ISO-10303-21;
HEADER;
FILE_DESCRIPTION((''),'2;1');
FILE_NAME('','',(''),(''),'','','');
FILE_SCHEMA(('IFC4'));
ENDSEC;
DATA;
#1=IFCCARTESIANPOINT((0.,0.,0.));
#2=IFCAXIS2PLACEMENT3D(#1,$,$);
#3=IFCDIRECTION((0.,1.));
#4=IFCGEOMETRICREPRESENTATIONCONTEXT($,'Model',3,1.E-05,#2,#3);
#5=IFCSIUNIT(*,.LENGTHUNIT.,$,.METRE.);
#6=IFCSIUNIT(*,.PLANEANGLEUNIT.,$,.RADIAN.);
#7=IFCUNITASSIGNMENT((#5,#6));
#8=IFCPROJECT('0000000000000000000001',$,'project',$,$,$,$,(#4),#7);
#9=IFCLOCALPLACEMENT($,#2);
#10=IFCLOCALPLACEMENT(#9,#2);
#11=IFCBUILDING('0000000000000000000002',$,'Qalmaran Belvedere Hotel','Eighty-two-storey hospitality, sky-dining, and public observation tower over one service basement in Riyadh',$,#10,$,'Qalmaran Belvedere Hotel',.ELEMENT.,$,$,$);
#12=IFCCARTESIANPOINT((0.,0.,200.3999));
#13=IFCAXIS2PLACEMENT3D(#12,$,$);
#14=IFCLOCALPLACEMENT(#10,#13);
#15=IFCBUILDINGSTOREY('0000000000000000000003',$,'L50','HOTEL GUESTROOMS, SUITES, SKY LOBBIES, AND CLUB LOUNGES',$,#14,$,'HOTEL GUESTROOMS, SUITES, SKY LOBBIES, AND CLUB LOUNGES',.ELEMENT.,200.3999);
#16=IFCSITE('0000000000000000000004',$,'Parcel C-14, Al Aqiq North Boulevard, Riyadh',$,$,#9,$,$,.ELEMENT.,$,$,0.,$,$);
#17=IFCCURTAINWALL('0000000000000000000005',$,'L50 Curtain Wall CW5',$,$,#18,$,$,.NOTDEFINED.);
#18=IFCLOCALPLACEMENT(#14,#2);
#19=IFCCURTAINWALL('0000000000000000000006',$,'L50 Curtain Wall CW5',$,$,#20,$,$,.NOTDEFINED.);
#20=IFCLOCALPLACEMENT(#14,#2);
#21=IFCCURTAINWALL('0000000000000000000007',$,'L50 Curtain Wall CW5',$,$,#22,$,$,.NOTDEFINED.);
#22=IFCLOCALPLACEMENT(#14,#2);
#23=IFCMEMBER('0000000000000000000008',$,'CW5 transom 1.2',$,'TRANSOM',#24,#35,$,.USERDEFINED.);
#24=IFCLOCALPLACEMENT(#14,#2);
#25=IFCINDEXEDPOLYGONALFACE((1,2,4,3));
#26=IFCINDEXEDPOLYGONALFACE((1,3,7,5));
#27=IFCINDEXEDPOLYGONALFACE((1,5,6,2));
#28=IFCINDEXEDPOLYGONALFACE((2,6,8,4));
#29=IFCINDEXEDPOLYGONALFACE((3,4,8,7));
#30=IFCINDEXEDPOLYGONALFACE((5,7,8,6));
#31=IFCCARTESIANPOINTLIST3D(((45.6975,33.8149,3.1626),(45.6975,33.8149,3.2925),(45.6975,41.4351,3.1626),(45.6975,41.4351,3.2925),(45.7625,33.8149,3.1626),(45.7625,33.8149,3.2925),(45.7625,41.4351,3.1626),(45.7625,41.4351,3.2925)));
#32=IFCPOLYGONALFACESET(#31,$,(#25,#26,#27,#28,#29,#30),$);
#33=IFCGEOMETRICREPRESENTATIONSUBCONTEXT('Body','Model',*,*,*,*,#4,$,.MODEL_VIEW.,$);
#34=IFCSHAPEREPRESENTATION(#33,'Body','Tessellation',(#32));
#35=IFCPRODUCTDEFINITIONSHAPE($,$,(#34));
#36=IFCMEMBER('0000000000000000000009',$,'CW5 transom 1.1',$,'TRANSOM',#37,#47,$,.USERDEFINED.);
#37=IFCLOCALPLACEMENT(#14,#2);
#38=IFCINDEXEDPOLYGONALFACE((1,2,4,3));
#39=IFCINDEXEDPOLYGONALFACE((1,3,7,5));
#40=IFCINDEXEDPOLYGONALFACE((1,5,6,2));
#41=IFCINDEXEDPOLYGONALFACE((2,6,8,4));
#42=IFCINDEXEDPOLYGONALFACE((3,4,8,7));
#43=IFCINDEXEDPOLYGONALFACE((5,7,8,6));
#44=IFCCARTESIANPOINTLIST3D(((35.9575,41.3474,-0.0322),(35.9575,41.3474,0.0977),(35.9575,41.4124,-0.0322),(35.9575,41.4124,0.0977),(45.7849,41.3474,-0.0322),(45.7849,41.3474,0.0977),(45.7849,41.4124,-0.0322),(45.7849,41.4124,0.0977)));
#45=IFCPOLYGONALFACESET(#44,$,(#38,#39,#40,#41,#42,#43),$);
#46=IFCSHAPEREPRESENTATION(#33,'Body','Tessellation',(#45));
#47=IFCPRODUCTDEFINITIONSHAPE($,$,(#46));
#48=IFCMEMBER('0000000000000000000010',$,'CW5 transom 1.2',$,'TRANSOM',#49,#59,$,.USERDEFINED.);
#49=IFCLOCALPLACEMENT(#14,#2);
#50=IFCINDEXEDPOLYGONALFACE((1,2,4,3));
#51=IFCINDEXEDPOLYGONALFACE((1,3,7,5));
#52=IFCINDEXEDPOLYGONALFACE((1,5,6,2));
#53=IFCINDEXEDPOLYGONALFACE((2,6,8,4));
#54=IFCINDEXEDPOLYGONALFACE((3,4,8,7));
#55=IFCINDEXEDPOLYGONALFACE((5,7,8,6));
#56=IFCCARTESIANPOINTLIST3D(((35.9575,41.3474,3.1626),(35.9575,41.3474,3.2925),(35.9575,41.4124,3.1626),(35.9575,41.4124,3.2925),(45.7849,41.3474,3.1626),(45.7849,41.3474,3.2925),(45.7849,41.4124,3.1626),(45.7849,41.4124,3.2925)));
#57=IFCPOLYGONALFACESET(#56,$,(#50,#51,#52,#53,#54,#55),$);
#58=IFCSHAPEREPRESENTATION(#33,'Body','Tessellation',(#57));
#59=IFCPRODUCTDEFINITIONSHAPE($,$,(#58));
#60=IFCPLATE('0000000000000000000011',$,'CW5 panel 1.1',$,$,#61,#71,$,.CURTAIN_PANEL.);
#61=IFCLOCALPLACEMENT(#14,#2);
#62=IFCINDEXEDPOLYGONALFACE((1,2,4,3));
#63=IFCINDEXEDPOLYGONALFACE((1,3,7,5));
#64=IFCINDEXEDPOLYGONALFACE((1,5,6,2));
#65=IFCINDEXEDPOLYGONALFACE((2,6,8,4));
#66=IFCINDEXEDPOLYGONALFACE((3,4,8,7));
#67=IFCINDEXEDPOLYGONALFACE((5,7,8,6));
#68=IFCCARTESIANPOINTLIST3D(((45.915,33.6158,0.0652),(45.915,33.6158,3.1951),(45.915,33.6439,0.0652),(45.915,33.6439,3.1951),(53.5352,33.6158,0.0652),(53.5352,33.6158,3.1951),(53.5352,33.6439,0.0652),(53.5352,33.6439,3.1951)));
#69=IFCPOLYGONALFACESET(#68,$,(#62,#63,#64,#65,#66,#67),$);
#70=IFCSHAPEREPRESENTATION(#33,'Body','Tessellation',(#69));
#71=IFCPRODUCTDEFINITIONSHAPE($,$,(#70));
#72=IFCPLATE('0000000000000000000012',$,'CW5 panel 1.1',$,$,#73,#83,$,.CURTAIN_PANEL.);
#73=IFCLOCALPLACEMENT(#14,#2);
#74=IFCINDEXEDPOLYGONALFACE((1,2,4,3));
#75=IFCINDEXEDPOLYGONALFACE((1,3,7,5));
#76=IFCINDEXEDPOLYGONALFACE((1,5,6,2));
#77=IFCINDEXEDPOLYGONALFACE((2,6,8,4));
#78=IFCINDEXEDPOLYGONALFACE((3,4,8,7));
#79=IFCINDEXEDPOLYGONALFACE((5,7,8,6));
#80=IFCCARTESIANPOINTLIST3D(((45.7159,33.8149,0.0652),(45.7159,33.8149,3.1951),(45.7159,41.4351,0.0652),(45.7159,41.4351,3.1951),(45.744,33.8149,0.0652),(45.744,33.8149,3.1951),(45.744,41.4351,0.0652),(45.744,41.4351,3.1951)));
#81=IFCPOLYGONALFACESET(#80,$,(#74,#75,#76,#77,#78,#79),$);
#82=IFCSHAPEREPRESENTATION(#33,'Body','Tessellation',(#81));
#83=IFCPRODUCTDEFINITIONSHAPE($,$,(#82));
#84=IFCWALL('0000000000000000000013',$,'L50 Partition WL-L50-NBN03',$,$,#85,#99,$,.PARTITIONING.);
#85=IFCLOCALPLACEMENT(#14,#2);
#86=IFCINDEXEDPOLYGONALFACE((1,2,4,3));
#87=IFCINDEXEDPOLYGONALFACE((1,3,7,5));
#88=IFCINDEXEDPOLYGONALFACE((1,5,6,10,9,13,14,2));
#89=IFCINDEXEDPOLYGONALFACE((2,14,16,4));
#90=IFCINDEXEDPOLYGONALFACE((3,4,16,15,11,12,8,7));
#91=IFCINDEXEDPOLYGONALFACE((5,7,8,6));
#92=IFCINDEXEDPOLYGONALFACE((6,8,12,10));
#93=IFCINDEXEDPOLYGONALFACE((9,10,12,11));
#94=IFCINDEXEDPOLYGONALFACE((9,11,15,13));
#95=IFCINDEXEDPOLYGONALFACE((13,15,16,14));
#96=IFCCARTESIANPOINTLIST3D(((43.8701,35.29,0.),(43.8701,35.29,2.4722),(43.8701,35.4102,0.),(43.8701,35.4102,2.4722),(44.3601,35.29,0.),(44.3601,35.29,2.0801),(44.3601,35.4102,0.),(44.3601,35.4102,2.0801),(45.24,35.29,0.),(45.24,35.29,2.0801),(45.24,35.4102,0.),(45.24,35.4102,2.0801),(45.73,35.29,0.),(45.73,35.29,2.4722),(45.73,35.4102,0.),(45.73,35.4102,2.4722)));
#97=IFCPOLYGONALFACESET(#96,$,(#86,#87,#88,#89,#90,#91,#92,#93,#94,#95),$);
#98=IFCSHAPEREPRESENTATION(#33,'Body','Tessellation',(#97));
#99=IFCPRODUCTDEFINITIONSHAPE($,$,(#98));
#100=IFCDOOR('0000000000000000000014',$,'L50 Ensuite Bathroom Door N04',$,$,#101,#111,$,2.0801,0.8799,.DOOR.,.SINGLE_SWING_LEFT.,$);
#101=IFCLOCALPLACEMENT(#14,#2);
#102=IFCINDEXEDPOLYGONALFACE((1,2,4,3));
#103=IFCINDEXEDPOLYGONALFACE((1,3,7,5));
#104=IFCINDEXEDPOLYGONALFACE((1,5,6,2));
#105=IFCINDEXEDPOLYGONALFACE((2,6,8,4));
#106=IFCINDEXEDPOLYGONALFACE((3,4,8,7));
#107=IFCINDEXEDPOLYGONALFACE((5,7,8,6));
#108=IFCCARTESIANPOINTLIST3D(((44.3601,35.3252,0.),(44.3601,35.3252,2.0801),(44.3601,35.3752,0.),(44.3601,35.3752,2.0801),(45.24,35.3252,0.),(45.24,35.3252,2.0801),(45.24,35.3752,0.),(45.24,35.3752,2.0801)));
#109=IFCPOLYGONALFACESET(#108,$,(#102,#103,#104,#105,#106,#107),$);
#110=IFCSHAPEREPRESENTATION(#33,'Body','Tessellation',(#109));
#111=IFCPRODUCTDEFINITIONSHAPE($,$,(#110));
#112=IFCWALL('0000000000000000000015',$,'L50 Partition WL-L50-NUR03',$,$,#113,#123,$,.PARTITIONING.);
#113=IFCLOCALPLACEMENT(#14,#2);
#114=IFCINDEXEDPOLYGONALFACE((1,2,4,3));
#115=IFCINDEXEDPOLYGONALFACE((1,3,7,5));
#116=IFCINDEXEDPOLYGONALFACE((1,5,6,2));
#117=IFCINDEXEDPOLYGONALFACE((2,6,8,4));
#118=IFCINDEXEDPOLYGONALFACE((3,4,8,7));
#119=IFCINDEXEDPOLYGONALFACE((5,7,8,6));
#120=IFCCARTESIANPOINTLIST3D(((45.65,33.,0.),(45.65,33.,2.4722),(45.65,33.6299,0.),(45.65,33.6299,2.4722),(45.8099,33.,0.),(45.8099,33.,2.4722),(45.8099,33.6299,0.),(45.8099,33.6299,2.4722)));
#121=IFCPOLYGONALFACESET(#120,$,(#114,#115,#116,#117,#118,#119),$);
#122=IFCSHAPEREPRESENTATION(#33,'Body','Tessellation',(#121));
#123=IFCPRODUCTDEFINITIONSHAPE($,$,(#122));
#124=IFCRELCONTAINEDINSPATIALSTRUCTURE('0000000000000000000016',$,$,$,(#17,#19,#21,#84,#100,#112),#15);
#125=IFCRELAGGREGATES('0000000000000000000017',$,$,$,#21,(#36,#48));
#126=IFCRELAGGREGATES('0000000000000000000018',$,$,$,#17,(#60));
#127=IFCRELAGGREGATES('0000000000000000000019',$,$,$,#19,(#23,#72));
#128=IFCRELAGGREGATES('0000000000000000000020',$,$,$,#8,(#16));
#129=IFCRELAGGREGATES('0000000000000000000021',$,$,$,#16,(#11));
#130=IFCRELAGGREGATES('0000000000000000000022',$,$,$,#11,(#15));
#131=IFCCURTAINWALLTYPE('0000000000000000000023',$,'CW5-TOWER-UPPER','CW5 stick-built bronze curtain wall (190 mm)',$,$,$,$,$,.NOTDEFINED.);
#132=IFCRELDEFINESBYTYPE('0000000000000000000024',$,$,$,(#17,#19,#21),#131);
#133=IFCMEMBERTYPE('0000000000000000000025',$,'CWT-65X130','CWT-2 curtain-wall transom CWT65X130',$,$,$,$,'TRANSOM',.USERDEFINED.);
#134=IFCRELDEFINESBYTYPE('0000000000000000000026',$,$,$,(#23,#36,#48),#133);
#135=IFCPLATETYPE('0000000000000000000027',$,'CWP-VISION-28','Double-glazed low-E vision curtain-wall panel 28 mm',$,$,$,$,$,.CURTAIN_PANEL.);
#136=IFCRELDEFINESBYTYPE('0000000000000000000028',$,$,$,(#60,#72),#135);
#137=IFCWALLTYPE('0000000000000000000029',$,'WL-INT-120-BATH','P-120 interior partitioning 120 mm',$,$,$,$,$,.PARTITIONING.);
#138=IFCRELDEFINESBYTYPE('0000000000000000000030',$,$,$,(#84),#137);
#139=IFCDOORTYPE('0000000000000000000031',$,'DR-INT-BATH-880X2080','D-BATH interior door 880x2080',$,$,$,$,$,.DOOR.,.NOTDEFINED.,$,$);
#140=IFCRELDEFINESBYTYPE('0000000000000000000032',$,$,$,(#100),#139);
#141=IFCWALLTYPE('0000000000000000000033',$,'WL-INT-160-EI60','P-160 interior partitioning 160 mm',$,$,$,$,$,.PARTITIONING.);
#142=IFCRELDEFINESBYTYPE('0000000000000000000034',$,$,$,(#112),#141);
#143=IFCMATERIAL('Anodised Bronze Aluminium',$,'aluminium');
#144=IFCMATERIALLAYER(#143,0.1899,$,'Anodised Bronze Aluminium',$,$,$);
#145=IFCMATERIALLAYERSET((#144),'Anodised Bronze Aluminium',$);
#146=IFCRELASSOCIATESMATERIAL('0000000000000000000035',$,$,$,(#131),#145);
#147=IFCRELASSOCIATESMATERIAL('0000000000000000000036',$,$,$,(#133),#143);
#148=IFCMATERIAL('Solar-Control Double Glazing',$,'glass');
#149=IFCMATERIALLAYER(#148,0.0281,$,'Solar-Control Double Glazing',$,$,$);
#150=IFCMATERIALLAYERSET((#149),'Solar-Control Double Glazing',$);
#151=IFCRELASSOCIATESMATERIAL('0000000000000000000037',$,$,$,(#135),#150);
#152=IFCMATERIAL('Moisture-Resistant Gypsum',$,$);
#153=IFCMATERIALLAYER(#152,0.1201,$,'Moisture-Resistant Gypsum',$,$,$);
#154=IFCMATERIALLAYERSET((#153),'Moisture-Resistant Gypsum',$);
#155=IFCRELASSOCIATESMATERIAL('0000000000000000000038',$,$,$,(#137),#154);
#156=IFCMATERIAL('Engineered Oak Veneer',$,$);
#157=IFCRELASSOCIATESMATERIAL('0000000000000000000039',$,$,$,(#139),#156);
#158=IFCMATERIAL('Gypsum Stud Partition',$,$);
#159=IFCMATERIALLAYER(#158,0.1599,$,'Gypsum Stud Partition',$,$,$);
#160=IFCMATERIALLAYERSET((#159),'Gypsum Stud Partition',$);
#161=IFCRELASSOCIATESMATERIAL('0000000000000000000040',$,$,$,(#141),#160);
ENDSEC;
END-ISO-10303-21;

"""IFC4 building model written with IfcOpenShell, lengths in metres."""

from ifc_helpers import new_model, si_unit, direction, frame, frame_2d, origin, origin_2d, place, context, subcontext, project, spatial, rectangle, extrude, material, layer, layer_set, material_profile, profile_set, type_object, element, fill, aggregate, save


model = new_model("IFC4")

# Units and contexts
model_context = context("Model", 3, precision=1e-05, world=origin(), true_north=direction((0.0, 1.0)))
body_context = subcontext(model_context, "Body", "Model", "MODEL_VIEW")
ifc_project = project(units=[si_unit("LENGTHUNIT", "METRE"), si_unit("PLANEANGLEUNIT", "RADIAN")], contexts=[model_context])

# Site, building, storey
site_placement = place(None, origin())
site = spatial("IfcSite", under=ifc_project, at=site_placement, Name="Parcel C-14, Al Aqiq North Boulevard, Riyadh", CompositionType="ELEMENT", RefElevation=0.0)
building_placement = place(site_placement, origin())
building = spatial("IfcBuilding", under=site, at=building_placement, Name="Qalmaran Belvedere Hotel", Description="Eighty-two-storey hospitality, sky-dining, and public observation tower over one service basement in Riyadh", LongName="Qalmaran Belvedere Hotel", CompositionType="ELEMENT")
storey_placement = place(building_placement, frame((0.0, 0.0, 200.3999)))
storey = spatial("IfcBuildingStorey", under=building, at=storey_placement, Name="L50", Description="HOTEL GUESTROOMS, SUITES, SKY LOBBIES, AND CLUB LOUNGES", LongName="HOTEL GUESTROOMS, SUITES, SKY LOBBIES, AND CLUB LOUNGES", CompositionType="ELEMENT", Elevation=200.3999)

# Shared definitions
ifc_material_1 = material(Name="Anodised Bronze Aluminium", Category="aluminium")
ifc_layer_1 = layer(ifc_material_1, 0.1899, Name="Anodised Bronze Aluminium")
ifc_layer_set_1 = layer_set([ifc_layer_1], Name="Anodised Bronze Aluminium")
curtain_wall_type = type_object("IfcCurtainWallType", Name="CW5-TOWER-UPPER", Description="CW5 stick-built bronze curtain wall (190 mm)", PredefinedType="NOTDEFINED", material=ifc_layer_set_1)

# Curtain walls
curtain_wall_1_placement = place(storey_placement, origin())
curtain_wall_1 = element("IfcCurtainWall", 1, at=curtain_wall_1_placement, inside=storey, type_object=curtain_wall_type, Name="L50 Curtain Wall CW5", PredefinedType="NOTDEFINED")
curtain_wall_2_placement = place(storey_placement, origin())
curtain_wall_2 = element("IfcCurtainWall", 2, at=curtain_wall_2_placement, inside=storey, type_object=curtain_wall_type, Name="L50 Curtain Wall CW5", PredefinedType="NOTDEFINED")

# Curtain wall
curtain_wall_3_placement = place(storey_placement, origin())
curtain_wall_3 = element("IfcCurtainWall", 3, at=curtain_wall_3_placement, inside=storey, type_object=curtain_wall_type, Name="L50 Curtain Wall CW5", PredefinedType="NOTDEFINED")

# Members
ifc_material_profile_1 = material_profile(ifc_material_1, rectangle(XDim=0.0649, YDim=0.1299, at=origin_2d()), Name="CWT65X130")
ifc_profile_set_1 = profile_set([ifc_material_profile_1], Name="Anodised Bronze Aluminium")
member_type_1 = type_object("IfcMemberType", Name="CWT-65X130", Description="CWT-2 curtain-wall transom CWT65X130", ElementType="TRANSOM", PredefinedType="USERDEFINED", material=ifc_profile_set_1)
member_1_placement = place(storey_placement, frame((45.73, 33.8149, 3.2275), z_axis=(0.0, 1.0, 0.0), x_axis=(-1.0, 0.0, 0.0)))
member_1 = element("IfcMember", 4, at=member_1_placement, type_object=member_type_1, Name="CW5 transom 1.2", ObjectType="TRANSOM", PredefinedType="USERDEFINED", context=body_context, shape_type="SweptSolid", body=[
    extrude(rectangle(XDim=0.0649, YDim=0.1299, at=origin_2d()), origin(), (0.0, 0.0, 1.0), 7.6201),
])
member_2_placement = place(storey_placement, frame((45.7849, 41.3799, 0.0327), z_axis=(-1.0, 0.0, 0.0), x_axis=(0.0, -1.0, 0.0)))
member_2 = element("IfcMember", 5, at=member_2_placement, type_object=member_type_1, Name="CW5 transom 1.1", ObjectType="TRANSOM", PredefinedType="USERDEFINED", context=body_context, shape_type="SweptSolid", body=[
    extrude(rectangle(XDim=0.0649, YDim=0.1299, at=origin_2d()), origin(), (0.0, 0.0, 1.0), 9.8274),
])
member_3_placement = place(storey_placement, frame((45.7849, 41.3799, 3.2275), z_axis=(-1.0, 0.0, 0.0), x_axis=(0.0, -1.0, 0.0)))
member_3 = element("IfcMember", 6, at=member_3_placement, type_object=member_type_1, Name="CW5 transom 1.2", ObjectType="TRANSOM", PredefinedType="USERDEFINED", context=body_context, shape_type="SweptSolid", body=[
    extrude(rectangle(XDim=0.0649, YDim=0.1299, at=origin_2d()), origin(), (0.0, 0.0, 1.0), 9.8274),
])
aggregate(curtain_wall_3, [member_2, member_3])

# Plates
ifc_material_2 = material(Name="Solar-Control Double Glazing", Category="glass")
ifc_layer_2 = layer(ifc_material_2, 0.0281, Name="Solar-Control Double Glazing")
ifc_layer_set_2 = layer_set([ifc_layer_2], Name="Solar-Control Double Glazing")
plate_type = type_object("IfcPlateType", Name="CWP-VISION-28", Description="Double-glazed low-E vision curtain-wall panel 28 mm", PredefinedType="CURTAIN_PANEL", material=ifc_layer_set_2)
plate_1_placement = place(storey_placement, frame((49.7251, 33.6299, 0.0652), z_axis=(0.0, 0.0, 1.0), x_axis=(-1.0, 0.0, 0.0)))
plate_1 = element("IfcPlate", 7, at=plate_1_placement, type_object=plate_type, Name="CW5 panel 1.1", PredefinedType="CURTAIN_PANEL", context=body_context, shape_type="SweptSolid", body=[
    extrude(rectangle(XDim=7.6201, YDim=0.0281, at=origin_2d()), origin(), (0.0, 0.0, 1.0), 3.1299),
])
aggregate(curtain_wall_1, [plate_1])
plate_2_placement = place(storey_placement, frame((45.73, 37.625, 0.0652), z_axis=(0.0, 0.0, 1.0), x_axis=(0.0, 1.0, 0.0)))
plate_2 = element("IfcPlate", 8, at=plate_2_placement, type_object=plate_type, Name="CW5 panel 1.1", PredefinedType="CURTAIN_PANEL", context=body_context, shape_type="SweptSolid", body=[
    extrude(rectangle(XDim=7.6201, YDim=0.0281, at=origin_2d()), origin(), (0.0, 0.0, 1.0), 3.1299),
])
aggregate(curtain_wall_2, [member_1, plate_2])

# Wall, opening, door
ifc_material_3 = material(Name="Moisture-Resistant Gypsum")
ifc_layer_3 = layer(ifc_material_3, 0.1201, Name="Moisture-Resistant Gypsum")
ifc_layer_set_3 = layer_set([ifc_layer_3], Name="Moisture-Resistant Gypsum")
wall_type_1 = type_object("IfcWallType", Name="WL-INT-120-BATH", Description="P-120 interior partitioning 120 mm", PredefinedType="PARTITIONING", material=ifc_layer_set_3)
wall_1_placement = place(storey_placement, frame((43.8701, 35.3501, 0.0), z_axis=(0.0, 0.0, 1.0), x_axis=(1.0, 0.0, 0.0)))
wall_1 = element("IfcWall", 9, at=wall_1_placement, inside=storey, type_object=wall_type_1, Name="L50 Partition WL-L50-NBN03", PredefinedType="PARTITIONING", context=body_context, shape_type="SweptSolid", body=[
    extrude(rectangle(XDim=1.8599, YDim=0.1201, at=frame_2d((0.9299, 0.0))), origin(), (0.0, 0.0, 1.0), 2.4722),
])
opening_placement = place(wall_1_placement, frame((1.3699, 0.0, 0.0), z_axis=(0.0, 0.0, 1.0), x_axis=(-1.0, 0.0, 0.0)))
opening = element("IfcOpeningElement", 10, at=opening_placement, cuts=wall_1, PredefinedType="OPENING", context=body_context, shape_type="SweptSolid", body=[
    extrude(rectangle(XDim=0.8799, YDim=2.0801, at=frame_2d((0.4399, 1.04))), frame((0.0, 0.0701, 0.0), z_axis=(0.0, -1.0, 0.0), x_axis=(1.0, 0.0, 0.0)), (0.0, 0.0, 1.0), 0.1401),
])
ifc_material_4 = material(Name="Engineered Oak Veneer")
door_type = type_object("IfcDoorType", Name="DR-INT-BATH-880X2080", Description="D-BATH interior door 880x2080", OperationType="NOTDEFINED", PredefinedType="DOOR", material=ifc_material_4)
door_placement = place(opening_placement, origin())
door = element("IfcDoor", 11, at=door_placement, inside=storey, type_object=door_type, Name="L50 Ensuite Bathroom Door N04", OperationType="SINGLE_SWING_LEFT", OverallHeight=2.0801, OverallWidth=0.8799, PredefinedType="DOOR", context=body_context, shape_type="SweptSolid", body=[
    extrude(rectangle(XDim=0.8799, YDim=2.0801, at=frame_2d((0.4399, 1.04))), frame((0.0, 0.0249, 0.0), z_axis=(0.0, -1.0, 0.0), x_axis=(1.0, 0.0, 0.0)), (0.0, 0.0, 1.0), 0.05),
])
fill(opening, door)

# Wall
ifc_material_5 = material(Name="Gypsum Stud Partition")
ifc_layer_4 = layer(ifc_material_5, 0.1599, Name="Gypsum Stud Partition")
ifc_layer_set_4 = layer_set([ifc_layer_4], Name="Gypsum Stud Partition")
wall_type_2 = type_object("IfcWallType", Name="WL-INT-160-EI60", Description="P-160 interior partitioning 160 mm", PredefinedType="PARTITIONING", material=ifc_layer_set_4)
wall_2_placement = place(storey_placement, frame((45.73, 33.0, 0.0), z_axis=(0.0, 0.0, 1.0), x_axis=(0.0, 1.0, 0.0)))
element("IfcWall", 12, at=wall_2_placement, inside=storey, type_object=wall_type_2, Name="L50 Partition WL-L50-NUR03", PredefinedType="PARTITIONING", context=body_context, shape_type="SweptSolid", body=[
    extrude(rectangle(XDim=0.6299, YDim=0.1599, at=frame_2d((0.3149, 0.0))), origin(), (0.0, 0.0, 1.0), 2.4722),
])

save(model, "model.ifc")
